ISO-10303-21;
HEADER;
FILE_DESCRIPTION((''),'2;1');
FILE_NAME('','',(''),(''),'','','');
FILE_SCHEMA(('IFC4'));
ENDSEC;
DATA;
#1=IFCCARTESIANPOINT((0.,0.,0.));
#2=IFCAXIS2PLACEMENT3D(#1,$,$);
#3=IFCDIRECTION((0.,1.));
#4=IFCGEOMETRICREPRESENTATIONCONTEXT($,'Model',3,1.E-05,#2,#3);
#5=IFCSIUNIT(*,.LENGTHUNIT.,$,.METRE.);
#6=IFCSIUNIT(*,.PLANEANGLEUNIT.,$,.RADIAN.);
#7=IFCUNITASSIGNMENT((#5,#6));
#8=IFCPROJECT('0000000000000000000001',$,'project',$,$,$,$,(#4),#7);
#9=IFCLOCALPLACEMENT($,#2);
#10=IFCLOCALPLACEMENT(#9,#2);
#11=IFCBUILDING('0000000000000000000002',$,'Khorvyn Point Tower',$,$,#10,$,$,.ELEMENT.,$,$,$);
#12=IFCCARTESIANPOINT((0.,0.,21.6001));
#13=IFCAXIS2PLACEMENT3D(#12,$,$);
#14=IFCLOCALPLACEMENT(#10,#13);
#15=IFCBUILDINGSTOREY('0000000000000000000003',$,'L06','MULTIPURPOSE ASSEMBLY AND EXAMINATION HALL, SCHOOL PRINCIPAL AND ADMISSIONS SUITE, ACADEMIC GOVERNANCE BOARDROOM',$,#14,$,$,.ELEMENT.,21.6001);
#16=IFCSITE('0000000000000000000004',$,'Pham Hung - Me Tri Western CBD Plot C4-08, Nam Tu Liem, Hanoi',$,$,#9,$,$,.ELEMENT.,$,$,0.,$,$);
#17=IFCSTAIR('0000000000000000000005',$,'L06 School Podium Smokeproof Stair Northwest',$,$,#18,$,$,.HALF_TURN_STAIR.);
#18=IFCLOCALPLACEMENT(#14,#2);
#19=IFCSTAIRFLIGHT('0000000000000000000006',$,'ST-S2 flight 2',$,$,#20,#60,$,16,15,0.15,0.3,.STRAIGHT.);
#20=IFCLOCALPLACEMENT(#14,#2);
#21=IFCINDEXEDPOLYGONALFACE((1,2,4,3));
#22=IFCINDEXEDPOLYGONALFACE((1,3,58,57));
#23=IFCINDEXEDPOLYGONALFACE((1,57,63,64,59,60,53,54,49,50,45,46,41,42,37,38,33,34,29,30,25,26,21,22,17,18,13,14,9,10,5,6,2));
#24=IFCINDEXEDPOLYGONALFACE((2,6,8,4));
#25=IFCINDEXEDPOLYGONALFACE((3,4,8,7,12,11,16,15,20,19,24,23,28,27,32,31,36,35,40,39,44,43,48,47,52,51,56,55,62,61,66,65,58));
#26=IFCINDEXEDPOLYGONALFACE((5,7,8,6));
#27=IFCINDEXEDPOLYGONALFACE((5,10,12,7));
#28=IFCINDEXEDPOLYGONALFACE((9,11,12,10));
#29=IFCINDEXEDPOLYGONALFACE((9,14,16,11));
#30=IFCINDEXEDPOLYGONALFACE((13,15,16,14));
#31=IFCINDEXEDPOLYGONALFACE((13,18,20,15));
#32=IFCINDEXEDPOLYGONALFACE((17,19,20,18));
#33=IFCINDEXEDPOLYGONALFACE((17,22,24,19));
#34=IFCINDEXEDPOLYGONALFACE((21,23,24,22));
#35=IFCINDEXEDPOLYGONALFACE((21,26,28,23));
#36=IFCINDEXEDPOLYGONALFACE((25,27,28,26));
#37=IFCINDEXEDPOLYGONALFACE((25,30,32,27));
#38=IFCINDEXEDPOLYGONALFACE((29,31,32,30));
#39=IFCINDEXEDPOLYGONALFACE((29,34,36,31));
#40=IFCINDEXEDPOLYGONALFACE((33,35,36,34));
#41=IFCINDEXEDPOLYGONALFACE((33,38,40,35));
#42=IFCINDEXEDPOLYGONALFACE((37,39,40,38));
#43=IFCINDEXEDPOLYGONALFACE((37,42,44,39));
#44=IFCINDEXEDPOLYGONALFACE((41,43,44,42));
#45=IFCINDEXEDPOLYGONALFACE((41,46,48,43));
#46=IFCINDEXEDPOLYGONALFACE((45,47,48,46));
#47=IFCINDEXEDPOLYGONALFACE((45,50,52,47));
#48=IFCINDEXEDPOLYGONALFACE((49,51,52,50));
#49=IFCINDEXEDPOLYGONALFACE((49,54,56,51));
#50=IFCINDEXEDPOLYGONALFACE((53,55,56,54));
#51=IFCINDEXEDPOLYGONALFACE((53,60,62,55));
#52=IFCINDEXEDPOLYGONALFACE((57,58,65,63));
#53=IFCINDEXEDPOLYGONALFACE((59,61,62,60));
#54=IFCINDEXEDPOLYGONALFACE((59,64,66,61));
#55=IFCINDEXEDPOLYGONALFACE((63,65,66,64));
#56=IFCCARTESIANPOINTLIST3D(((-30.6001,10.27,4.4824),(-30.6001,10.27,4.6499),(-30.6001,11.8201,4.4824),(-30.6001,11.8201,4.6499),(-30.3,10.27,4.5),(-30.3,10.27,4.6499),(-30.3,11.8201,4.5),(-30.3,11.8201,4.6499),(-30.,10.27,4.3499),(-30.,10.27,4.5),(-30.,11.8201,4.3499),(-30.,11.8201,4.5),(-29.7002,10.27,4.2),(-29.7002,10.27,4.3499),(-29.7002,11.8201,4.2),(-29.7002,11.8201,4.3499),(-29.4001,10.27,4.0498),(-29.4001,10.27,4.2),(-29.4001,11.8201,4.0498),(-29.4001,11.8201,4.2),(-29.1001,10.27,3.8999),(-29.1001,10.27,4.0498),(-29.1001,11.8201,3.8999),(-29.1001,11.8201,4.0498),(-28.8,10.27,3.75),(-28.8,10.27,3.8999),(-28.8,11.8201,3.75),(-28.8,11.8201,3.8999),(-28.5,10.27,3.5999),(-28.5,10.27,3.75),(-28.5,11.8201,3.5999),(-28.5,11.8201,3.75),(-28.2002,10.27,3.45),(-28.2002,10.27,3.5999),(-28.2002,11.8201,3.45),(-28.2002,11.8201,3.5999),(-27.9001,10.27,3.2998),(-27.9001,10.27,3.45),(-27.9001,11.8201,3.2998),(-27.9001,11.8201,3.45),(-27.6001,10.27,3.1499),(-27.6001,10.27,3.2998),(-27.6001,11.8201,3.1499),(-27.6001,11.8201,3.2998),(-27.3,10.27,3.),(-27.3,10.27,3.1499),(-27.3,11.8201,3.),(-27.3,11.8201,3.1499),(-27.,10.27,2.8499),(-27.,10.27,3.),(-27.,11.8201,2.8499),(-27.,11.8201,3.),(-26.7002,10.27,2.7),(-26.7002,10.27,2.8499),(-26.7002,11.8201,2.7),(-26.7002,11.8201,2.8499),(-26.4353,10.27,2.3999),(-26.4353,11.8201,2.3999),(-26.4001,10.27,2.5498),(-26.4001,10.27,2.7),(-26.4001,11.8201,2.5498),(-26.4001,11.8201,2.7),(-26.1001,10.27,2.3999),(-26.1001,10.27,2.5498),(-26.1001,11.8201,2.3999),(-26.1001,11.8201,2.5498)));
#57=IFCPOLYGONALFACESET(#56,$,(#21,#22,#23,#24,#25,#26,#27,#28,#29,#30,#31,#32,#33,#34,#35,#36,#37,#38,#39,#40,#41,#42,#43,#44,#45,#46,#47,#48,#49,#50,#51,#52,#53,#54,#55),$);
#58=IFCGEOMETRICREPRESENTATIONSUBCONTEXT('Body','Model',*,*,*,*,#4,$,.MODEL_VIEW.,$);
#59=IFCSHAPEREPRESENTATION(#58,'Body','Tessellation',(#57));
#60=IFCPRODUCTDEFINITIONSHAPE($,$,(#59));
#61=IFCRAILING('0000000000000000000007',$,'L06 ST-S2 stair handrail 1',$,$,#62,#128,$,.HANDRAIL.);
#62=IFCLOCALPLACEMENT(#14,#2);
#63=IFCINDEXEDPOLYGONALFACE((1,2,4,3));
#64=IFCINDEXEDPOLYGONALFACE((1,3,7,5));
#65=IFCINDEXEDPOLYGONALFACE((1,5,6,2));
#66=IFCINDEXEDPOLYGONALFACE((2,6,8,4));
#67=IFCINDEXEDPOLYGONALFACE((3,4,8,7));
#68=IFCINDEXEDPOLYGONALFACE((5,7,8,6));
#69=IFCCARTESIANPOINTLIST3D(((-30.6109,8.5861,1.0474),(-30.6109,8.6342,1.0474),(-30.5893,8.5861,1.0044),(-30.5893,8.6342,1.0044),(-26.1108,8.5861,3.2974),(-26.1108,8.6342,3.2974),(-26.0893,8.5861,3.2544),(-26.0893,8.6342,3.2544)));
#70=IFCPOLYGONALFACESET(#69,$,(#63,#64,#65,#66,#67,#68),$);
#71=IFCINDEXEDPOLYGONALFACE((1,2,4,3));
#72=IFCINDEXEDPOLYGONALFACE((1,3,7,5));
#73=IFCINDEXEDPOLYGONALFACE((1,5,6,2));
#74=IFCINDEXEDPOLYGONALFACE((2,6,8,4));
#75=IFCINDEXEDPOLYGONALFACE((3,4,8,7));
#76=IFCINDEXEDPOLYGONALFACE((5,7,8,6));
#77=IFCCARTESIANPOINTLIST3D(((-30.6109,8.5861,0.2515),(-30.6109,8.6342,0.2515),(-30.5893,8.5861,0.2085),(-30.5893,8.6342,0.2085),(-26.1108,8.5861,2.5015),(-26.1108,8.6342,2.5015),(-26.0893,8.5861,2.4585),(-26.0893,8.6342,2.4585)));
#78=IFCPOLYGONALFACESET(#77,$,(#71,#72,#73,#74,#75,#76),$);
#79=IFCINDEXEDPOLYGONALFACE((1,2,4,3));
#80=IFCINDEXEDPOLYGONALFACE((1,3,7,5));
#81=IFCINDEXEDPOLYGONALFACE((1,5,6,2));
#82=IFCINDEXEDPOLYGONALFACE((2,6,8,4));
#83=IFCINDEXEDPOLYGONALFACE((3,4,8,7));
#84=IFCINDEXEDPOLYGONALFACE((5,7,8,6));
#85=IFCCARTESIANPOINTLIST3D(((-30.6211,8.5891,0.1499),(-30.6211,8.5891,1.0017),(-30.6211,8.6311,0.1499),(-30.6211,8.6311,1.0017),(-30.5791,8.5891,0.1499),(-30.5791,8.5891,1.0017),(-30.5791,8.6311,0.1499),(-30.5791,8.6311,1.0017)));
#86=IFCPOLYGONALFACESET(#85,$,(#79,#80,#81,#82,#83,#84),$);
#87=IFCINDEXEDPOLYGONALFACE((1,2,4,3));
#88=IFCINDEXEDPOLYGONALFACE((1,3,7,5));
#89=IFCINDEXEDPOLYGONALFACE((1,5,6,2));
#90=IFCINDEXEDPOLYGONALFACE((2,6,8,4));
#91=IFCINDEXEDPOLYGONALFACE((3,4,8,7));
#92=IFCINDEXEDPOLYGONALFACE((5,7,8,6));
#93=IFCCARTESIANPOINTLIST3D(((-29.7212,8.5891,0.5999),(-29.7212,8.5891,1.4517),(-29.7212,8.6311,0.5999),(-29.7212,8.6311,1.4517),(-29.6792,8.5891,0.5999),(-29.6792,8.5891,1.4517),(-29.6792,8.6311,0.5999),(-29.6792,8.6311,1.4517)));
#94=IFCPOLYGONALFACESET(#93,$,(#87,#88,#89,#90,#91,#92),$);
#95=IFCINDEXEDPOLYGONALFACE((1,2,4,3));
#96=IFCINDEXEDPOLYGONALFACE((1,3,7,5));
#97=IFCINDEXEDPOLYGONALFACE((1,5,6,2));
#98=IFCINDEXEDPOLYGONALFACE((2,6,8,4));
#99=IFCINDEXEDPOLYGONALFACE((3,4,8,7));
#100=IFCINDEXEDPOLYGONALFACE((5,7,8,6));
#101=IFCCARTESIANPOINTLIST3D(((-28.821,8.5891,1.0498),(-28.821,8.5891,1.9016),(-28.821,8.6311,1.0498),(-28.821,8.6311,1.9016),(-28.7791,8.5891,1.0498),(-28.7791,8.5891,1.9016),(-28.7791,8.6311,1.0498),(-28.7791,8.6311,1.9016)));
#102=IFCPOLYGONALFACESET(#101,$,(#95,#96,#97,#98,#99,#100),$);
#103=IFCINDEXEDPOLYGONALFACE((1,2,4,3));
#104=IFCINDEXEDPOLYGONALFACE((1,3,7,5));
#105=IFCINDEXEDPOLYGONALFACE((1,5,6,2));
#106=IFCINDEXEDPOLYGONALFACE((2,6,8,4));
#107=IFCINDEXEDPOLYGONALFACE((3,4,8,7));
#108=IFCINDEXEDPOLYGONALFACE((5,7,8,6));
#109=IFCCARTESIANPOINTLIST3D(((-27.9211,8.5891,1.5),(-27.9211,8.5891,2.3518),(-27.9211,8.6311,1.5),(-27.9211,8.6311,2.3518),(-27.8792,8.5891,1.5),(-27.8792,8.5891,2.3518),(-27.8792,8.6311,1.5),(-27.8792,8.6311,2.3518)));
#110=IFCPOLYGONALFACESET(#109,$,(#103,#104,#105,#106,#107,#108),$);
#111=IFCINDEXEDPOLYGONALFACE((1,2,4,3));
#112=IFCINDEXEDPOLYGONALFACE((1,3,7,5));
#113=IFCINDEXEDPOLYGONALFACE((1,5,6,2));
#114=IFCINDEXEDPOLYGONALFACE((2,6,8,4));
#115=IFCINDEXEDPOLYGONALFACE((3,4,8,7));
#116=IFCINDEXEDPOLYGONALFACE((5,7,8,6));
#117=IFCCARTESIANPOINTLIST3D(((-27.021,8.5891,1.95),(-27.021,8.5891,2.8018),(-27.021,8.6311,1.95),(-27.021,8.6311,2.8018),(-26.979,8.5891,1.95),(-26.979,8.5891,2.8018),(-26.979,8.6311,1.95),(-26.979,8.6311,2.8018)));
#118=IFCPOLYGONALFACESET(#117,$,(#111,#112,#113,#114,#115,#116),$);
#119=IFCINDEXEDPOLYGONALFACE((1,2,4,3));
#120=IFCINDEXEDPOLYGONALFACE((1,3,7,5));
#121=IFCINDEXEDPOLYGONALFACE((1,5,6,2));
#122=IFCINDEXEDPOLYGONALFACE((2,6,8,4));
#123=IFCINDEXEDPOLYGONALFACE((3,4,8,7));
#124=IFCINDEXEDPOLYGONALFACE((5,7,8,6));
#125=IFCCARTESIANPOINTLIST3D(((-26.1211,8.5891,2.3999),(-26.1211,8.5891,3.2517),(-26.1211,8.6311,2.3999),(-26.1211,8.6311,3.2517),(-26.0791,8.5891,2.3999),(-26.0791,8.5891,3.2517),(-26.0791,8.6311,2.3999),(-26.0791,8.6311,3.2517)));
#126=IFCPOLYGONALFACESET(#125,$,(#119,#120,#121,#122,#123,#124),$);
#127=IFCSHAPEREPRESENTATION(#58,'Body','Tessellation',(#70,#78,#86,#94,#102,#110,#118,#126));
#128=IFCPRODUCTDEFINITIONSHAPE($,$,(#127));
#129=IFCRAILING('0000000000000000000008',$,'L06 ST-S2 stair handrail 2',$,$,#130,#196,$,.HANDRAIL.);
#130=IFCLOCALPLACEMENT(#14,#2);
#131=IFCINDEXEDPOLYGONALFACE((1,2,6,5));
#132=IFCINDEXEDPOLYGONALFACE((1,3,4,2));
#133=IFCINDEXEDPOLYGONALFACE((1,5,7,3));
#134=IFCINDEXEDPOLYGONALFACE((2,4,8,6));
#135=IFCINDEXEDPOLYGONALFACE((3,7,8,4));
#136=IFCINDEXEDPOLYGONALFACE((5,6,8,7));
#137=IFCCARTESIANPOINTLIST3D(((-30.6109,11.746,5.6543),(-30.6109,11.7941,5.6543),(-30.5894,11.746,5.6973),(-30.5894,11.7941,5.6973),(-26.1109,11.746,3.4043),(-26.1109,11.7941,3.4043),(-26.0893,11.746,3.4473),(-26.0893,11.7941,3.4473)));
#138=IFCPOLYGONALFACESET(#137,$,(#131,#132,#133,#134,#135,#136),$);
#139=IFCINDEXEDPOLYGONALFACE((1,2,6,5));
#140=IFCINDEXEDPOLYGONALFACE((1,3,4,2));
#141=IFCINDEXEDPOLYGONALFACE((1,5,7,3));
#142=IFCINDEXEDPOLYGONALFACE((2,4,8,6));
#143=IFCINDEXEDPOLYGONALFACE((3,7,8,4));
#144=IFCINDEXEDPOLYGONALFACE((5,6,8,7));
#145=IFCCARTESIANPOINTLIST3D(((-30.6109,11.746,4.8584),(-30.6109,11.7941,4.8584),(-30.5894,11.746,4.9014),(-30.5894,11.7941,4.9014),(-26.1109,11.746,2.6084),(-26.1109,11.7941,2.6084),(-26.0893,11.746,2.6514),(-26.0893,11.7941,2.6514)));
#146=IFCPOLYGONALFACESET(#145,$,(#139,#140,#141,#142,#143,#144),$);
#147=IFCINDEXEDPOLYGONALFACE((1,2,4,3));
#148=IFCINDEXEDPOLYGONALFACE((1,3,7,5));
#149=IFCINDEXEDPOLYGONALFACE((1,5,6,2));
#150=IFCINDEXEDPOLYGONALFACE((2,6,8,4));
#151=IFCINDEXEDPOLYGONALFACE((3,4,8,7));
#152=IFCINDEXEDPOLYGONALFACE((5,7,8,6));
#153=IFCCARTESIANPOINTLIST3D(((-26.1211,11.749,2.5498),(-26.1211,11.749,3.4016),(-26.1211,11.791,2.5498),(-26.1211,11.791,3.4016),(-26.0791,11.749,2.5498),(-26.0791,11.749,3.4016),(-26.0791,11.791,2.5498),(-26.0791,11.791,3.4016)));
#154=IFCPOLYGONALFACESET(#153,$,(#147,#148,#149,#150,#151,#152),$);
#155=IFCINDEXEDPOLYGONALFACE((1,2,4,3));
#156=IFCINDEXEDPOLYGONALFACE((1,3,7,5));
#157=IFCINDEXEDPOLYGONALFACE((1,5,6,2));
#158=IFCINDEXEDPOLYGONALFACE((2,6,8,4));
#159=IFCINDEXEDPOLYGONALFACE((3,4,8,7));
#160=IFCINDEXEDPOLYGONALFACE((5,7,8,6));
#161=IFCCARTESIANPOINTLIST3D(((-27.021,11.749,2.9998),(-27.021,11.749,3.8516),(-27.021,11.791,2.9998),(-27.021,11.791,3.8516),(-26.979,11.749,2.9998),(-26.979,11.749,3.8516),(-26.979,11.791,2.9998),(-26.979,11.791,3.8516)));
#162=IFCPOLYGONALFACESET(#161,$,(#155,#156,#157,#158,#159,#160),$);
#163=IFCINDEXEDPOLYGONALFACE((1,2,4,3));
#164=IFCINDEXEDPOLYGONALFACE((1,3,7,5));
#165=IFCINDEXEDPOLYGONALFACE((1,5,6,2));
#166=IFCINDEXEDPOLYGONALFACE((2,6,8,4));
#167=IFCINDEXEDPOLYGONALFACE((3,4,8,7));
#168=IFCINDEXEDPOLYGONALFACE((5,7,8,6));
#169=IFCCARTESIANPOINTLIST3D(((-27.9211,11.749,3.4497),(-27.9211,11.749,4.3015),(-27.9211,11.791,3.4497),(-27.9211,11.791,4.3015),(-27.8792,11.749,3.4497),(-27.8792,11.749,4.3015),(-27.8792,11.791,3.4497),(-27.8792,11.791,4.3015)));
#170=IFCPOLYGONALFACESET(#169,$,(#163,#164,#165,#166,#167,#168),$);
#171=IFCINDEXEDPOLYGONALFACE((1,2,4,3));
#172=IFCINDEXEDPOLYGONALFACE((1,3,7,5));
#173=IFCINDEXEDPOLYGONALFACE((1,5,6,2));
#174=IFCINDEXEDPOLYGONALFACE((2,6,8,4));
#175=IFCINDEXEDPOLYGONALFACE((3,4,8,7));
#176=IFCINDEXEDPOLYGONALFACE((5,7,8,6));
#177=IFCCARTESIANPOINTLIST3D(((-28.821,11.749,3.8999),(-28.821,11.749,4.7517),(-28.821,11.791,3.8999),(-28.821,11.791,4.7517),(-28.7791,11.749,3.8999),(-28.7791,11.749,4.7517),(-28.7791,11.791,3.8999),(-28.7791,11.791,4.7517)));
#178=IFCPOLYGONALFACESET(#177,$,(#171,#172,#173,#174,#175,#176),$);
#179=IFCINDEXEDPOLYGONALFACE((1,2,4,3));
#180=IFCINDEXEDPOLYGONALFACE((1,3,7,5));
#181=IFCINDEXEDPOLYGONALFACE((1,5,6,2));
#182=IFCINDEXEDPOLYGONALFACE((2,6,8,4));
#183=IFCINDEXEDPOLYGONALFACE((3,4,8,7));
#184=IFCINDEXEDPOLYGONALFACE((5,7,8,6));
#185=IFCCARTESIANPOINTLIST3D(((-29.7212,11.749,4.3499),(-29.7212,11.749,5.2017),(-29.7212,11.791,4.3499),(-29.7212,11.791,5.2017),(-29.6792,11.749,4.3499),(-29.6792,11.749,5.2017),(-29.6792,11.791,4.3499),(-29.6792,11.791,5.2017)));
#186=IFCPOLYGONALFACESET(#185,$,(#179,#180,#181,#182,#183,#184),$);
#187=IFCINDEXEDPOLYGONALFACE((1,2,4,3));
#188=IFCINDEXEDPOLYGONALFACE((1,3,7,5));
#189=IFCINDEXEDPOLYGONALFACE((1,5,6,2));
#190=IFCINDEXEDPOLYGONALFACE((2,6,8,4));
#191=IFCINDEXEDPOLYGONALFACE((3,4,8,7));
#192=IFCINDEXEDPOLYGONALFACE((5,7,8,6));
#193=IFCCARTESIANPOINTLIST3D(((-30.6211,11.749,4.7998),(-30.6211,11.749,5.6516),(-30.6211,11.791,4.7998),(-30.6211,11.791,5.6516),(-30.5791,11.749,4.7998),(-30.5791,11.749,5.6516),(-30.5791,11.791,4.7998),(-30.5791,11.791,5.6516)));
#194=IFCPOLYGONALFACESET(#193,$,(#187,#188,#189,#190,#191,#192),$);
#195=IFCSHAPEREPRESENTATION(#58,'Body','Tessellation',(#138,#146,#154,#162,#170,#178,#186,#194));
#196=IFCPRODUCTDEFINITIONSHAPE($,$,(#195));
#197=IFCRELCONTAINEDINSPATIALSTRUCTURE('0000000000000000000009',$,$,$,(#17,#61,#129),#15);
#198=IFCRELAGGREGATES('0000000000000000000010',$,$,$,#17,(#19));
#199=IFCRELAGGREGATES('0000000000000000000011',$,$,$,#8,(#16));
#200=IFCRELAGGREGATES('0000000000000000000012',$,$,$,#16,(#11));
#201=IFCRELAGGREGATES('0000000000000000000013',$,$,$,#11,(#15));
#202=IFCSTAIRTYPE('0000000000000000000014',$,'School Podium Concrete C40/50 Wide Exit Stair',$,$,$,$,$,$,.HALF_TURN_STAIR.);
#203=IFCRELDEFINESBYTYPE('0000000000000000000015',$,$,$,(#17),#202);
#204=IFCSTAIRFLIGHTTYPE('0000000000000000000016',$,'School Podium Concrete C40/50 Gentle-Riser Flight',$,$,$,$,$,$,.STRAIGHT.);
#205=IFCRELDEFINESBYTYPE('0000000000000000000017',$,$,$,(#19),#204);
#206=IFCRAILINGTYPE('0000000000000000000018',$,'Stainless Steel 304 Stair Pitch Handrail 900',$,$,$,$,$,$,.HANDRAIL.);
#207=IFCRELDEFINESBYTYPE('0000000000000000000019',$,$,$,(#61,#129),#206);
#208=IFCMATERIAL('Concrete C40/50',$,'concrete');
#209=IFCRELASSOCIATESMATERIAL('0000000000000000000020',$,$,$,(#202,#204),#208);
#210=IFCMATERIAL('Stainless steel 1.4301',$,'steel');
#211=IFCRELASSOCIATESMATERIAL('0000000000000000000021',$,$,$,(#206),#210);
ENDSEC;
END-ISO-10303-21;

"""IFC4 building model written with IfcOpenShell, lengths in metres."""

from ifc_helpers import new_model, si_unit, direction, frame, origin, origin_2d, place, context, subcontext, project, spatial, polyline, rectangle, outline, extrude, material, type_object, element, aggregate, save


model = new_model("IFC4")

# Units and contexts
model_context = context("Model", 3, precision=1e-05, world=origin(), true_north=direction((0.0, 1.0)))
body_context = subcontext(model_context, "Body", "Model", "MODEL_VIEW")
ifc_project = project(units=[si_unit("LENGTHUNIT", "METRE"), si_unit("PLANEANGLEUNIT", "RADIAN")], contexts=[model_context])

# Site, building, storey
site_placement = place(None, origin())
site = spatial("IfcSite", under=ifc_project, at=site_placement, Name="Pham Hung - Me Tri Western CBD Plot C4-08, Nam Tu Liem, Hanoi", CompositionType="ELEMENT", RefElevation=0.0)
building_placement = place(site_placement, origin())
building = spatial("IfcBuilding", under=site, at=building_placement, Name="Khorvyn Point Tower", CompositionType="ELEMENT")
storey_placement = place(building_placement, frame((0.0, 0.0, 21.6001)))
storey = spatial("IfcBuildingStorey", under=building, at=storey_placement, Name="L06", Description="MULTIPURPOSE ASSEMBLY AND EXAMINATION HALL, SCHOOL PRINCIPAL AND ADMISSIONS SUITE, ACADEMIC GOVERNANCE BOARDROOM", CompositionType="ELEMENT", Elevation=21.6001)

# Shared definitions
ifc_material_1 = material(Name="Concrete C40/50", Category="concrete")

# Stair, stair flight
stair_type = type_object("IfcStairType", Name="School Podium Concrete C40/50 Wide Exit Stair", PredefinedType="HALF_TURN_STAIR", material=ifc_material_1)
stair_placement = place(storey_placement, origin())
stair = element("IfcStair", 1, at=stair_placement, inside=storey, type_object=stair_type, Name="L06 School Podium Smokeproof Stair Northwest", PredefinedType="HALF_TURN_STAIR")
stair_flight_type = type_object("IfcStairFlightType", Name="School Podium Concrete C40/50 Gentle-Riser Flight", PredefinedType="STRAIGHT", material=ifc_material_1)
stair_flight_1_placement = place(storey_placement, frame((-26.1001, 11.0449, 2.3999), z_axis=(0.0, 0.0, 1.0), x_axis=(-1.0, 0.0, 0.0)))
stair_flight_1 = element("IfcStairFlight", 2, at=stair_flight_1_placement, type_object=stair_flight_type, Name="ST-S2 flight 2", NumberOfRisers=16, NumberOfTreads=15, PredefinedType="STRAIGHT", RiserHeight=0.15, TreadLength=0.3, context=body_context, shape_type="SweptSolid", body=[
    extrude(outline(polyline([(0.0, 0.0), (0.0, 0.1499), (0.3, 0.1499), (0.3, 0.3), (0.6001, 0.3), (0.6001, 0.45), (0.8999, 0.45), (0.8999, 0.6001), (1.2, 0.6001), (1.2, 0.75), (1.5, 0.75), (1.5, 0.8999), (1.8, 0.8999), (1.8, 1.05), (2.1001, 1.05), (2.1001, 1.2), (2.3999, 1.2), (2.3999, 1.3501), (2.7, 1.3501), (2.7, 1.5), (3.0, 1.5), (3.0, 1.6499), (3.3, 1.6499), (3.3, 1.8), (3.6001, 1.8), (3.6001, 1.95), (3.8999, 1.95), (3.8999, 2.1001), (4.2, 2.1001), (4.2, 2.25), (4.5, 2.25), (4.5, 2.3999), (4.5, 2.0825), (0.3352, 0.0), (0.0, 0.0)])), frame((0.0, 0.7749, 0.0), z_axis=(0.0, -1.0, 0.0), x_axis=(1.0, 0.0, 0.0)), (0.0, 0.0, 1.0), 1.55),
])
aggregate(stair, [stair_flight_1])

# Railings
ifc_material_2 = material(Name="Stainless steel 1.4301", Category="steel")
railing_type_1 = type_object("IfcRailingType", Name="Stainless Steel 304 Stair Pitch Handrail 900", PredefinedType="HANDRAIL", material=ifc_material_2)
railing_1_placement = place(storey_placement, frame((-30.6001, 8.6101, 0.1499)))
element("IfcRailing", 3, at=railing_1_placement, inside=storey, type_object=railing_type_1, Name="L06 ST-S2 stair handrail 1", PredefinedType="HANDRAIL", context=body_context, shape_type="SweptSolid", body=[
    extrude(rectangle(XDim=0.0481, YDim=0.0481, at=origin_2d()), frame((0.0, 0.0, 0.876), z_axis=(0.894427, 0.0, 0.447214), x_axis=(0.0, 1.0, 0.0)), (0.0, 0.0, 1.0), 5.0312),
    extrude(rectangle(XDim=0.0481, YDim=0.0481, at=origin_2d()), frame((0.0, 0.0, 0.0801), z_axis=(0.894427, 0.0, 0.447214), x_axis=(0.0, 1.0, 0.0)), (0.0, 0.0, 1.0), 5.0312),
    extrude(rectangle(XDim=0.042, YDim=0.042, at=origin_2d()), origin(), (0.0, 0.0, 1.0), 0.8518),
    extrude(rectangle(XDim=0.042, YDim=0.042, at=origin_2d()), frame((0.8999, 0.0, 0.45)), (0.0, 0.0, 1.0), 0.8518),
    extrude(rectangle(XDim=0.042, YDim=0.042, at=origin_2d()), frame((1.8, 0.0, 0.8999)), (0.0, 0.0, 1.0), 0.8518),
    extrude(rectangle(XDim=0.042, YDim=0.042, at=origin_2d()), frame((2.7, 0.0, 1.3501)), (0.0, 0.0, 1.0), 0.8518),
    extrude(rectangle(XDim=0.042, YDim=0.042, at=origin_2d()), frame((3.6001, 0.0, 1.8)), (0.0, 0.0, 1.0), 0.8518),
    extrude(rectangle(XDim=0.042, YDim=0.042, at=origin_2d()), frame((4.5, 0.0, 2.25)), (0.0, 0.0, 1.0), 0.8518),
])
railing_2_placement = place(storey_placement, frame((-26.1001, 11.77, 2.5498)))
element("IfcRailing", 4, at=railing_2_placement, inside=storey, type_object=railing_type_1, Name="L06 ST-S2 stair handrail 2", PredefinedType="HANDRAIL", context=body_context, shape_type="SweptSolid", body=[
    extrude(rectangle(XDim=0.0481, YDim=0.0481, at=origin_2d()), frame((0.0, 0.0, 0.876), z_axis=(-0.894427, 0.0, 0.447214), x_axis=(0.0, -1.0, 0.0)), (0.0, 0.0, 1.0), 5.0312),
    extrude(rectangle(XDim=0.0481, YDim=0.0481, at=origin_2d()), frame((0.0, 0.0, 0.0801), z_axis=(-0.894427, 0.0, 0.447214), x_axis=(0.0, -1.0, 0.0)), (0.0, 0.0, 1.0), 5.0312),
    extrude(rectangle(XDim=0.042, YDim=0.042, at=origin_2d()), origin(), (0.0, 0.0, 1.0), 0.8518),
    extrude(rectangle(XDim=0.042, YDim=0.042, at=origin_2d()), frame((-0.8999, 0.0, 0.45)), (0.0, 0.0, 1.0), 0.8518),
    extrude(rectangle(XDim=0.042, YDim=0.042, at=origin_2d()), frame((-1.8, 0.0, 0.8999)), (0.0, 0.0, 1.0), 0.8518),
    extrude(rectangle(XDim=0.042, YDim=0.042, at=origin_2d()), frame((-2.7, 0.0, 1.3501)), (0.0, 0.0, 1.0), 0.8518),
    extrude(rectangle(XDim=0.042, YDim=0.042, at=origin_2d()), frame((-3.6001, 0.0, 1.8)), (0.0, 0.0, 1.0), 0.8518),
    extrude(rectangle(XDim=0.042, YDim=0.042, at=origin_2d()), frame((-4.5, 0.0, 2.25)), (0.0, 0.0, 1.0), 0.8518),
])

save(model, "model.ifc")
